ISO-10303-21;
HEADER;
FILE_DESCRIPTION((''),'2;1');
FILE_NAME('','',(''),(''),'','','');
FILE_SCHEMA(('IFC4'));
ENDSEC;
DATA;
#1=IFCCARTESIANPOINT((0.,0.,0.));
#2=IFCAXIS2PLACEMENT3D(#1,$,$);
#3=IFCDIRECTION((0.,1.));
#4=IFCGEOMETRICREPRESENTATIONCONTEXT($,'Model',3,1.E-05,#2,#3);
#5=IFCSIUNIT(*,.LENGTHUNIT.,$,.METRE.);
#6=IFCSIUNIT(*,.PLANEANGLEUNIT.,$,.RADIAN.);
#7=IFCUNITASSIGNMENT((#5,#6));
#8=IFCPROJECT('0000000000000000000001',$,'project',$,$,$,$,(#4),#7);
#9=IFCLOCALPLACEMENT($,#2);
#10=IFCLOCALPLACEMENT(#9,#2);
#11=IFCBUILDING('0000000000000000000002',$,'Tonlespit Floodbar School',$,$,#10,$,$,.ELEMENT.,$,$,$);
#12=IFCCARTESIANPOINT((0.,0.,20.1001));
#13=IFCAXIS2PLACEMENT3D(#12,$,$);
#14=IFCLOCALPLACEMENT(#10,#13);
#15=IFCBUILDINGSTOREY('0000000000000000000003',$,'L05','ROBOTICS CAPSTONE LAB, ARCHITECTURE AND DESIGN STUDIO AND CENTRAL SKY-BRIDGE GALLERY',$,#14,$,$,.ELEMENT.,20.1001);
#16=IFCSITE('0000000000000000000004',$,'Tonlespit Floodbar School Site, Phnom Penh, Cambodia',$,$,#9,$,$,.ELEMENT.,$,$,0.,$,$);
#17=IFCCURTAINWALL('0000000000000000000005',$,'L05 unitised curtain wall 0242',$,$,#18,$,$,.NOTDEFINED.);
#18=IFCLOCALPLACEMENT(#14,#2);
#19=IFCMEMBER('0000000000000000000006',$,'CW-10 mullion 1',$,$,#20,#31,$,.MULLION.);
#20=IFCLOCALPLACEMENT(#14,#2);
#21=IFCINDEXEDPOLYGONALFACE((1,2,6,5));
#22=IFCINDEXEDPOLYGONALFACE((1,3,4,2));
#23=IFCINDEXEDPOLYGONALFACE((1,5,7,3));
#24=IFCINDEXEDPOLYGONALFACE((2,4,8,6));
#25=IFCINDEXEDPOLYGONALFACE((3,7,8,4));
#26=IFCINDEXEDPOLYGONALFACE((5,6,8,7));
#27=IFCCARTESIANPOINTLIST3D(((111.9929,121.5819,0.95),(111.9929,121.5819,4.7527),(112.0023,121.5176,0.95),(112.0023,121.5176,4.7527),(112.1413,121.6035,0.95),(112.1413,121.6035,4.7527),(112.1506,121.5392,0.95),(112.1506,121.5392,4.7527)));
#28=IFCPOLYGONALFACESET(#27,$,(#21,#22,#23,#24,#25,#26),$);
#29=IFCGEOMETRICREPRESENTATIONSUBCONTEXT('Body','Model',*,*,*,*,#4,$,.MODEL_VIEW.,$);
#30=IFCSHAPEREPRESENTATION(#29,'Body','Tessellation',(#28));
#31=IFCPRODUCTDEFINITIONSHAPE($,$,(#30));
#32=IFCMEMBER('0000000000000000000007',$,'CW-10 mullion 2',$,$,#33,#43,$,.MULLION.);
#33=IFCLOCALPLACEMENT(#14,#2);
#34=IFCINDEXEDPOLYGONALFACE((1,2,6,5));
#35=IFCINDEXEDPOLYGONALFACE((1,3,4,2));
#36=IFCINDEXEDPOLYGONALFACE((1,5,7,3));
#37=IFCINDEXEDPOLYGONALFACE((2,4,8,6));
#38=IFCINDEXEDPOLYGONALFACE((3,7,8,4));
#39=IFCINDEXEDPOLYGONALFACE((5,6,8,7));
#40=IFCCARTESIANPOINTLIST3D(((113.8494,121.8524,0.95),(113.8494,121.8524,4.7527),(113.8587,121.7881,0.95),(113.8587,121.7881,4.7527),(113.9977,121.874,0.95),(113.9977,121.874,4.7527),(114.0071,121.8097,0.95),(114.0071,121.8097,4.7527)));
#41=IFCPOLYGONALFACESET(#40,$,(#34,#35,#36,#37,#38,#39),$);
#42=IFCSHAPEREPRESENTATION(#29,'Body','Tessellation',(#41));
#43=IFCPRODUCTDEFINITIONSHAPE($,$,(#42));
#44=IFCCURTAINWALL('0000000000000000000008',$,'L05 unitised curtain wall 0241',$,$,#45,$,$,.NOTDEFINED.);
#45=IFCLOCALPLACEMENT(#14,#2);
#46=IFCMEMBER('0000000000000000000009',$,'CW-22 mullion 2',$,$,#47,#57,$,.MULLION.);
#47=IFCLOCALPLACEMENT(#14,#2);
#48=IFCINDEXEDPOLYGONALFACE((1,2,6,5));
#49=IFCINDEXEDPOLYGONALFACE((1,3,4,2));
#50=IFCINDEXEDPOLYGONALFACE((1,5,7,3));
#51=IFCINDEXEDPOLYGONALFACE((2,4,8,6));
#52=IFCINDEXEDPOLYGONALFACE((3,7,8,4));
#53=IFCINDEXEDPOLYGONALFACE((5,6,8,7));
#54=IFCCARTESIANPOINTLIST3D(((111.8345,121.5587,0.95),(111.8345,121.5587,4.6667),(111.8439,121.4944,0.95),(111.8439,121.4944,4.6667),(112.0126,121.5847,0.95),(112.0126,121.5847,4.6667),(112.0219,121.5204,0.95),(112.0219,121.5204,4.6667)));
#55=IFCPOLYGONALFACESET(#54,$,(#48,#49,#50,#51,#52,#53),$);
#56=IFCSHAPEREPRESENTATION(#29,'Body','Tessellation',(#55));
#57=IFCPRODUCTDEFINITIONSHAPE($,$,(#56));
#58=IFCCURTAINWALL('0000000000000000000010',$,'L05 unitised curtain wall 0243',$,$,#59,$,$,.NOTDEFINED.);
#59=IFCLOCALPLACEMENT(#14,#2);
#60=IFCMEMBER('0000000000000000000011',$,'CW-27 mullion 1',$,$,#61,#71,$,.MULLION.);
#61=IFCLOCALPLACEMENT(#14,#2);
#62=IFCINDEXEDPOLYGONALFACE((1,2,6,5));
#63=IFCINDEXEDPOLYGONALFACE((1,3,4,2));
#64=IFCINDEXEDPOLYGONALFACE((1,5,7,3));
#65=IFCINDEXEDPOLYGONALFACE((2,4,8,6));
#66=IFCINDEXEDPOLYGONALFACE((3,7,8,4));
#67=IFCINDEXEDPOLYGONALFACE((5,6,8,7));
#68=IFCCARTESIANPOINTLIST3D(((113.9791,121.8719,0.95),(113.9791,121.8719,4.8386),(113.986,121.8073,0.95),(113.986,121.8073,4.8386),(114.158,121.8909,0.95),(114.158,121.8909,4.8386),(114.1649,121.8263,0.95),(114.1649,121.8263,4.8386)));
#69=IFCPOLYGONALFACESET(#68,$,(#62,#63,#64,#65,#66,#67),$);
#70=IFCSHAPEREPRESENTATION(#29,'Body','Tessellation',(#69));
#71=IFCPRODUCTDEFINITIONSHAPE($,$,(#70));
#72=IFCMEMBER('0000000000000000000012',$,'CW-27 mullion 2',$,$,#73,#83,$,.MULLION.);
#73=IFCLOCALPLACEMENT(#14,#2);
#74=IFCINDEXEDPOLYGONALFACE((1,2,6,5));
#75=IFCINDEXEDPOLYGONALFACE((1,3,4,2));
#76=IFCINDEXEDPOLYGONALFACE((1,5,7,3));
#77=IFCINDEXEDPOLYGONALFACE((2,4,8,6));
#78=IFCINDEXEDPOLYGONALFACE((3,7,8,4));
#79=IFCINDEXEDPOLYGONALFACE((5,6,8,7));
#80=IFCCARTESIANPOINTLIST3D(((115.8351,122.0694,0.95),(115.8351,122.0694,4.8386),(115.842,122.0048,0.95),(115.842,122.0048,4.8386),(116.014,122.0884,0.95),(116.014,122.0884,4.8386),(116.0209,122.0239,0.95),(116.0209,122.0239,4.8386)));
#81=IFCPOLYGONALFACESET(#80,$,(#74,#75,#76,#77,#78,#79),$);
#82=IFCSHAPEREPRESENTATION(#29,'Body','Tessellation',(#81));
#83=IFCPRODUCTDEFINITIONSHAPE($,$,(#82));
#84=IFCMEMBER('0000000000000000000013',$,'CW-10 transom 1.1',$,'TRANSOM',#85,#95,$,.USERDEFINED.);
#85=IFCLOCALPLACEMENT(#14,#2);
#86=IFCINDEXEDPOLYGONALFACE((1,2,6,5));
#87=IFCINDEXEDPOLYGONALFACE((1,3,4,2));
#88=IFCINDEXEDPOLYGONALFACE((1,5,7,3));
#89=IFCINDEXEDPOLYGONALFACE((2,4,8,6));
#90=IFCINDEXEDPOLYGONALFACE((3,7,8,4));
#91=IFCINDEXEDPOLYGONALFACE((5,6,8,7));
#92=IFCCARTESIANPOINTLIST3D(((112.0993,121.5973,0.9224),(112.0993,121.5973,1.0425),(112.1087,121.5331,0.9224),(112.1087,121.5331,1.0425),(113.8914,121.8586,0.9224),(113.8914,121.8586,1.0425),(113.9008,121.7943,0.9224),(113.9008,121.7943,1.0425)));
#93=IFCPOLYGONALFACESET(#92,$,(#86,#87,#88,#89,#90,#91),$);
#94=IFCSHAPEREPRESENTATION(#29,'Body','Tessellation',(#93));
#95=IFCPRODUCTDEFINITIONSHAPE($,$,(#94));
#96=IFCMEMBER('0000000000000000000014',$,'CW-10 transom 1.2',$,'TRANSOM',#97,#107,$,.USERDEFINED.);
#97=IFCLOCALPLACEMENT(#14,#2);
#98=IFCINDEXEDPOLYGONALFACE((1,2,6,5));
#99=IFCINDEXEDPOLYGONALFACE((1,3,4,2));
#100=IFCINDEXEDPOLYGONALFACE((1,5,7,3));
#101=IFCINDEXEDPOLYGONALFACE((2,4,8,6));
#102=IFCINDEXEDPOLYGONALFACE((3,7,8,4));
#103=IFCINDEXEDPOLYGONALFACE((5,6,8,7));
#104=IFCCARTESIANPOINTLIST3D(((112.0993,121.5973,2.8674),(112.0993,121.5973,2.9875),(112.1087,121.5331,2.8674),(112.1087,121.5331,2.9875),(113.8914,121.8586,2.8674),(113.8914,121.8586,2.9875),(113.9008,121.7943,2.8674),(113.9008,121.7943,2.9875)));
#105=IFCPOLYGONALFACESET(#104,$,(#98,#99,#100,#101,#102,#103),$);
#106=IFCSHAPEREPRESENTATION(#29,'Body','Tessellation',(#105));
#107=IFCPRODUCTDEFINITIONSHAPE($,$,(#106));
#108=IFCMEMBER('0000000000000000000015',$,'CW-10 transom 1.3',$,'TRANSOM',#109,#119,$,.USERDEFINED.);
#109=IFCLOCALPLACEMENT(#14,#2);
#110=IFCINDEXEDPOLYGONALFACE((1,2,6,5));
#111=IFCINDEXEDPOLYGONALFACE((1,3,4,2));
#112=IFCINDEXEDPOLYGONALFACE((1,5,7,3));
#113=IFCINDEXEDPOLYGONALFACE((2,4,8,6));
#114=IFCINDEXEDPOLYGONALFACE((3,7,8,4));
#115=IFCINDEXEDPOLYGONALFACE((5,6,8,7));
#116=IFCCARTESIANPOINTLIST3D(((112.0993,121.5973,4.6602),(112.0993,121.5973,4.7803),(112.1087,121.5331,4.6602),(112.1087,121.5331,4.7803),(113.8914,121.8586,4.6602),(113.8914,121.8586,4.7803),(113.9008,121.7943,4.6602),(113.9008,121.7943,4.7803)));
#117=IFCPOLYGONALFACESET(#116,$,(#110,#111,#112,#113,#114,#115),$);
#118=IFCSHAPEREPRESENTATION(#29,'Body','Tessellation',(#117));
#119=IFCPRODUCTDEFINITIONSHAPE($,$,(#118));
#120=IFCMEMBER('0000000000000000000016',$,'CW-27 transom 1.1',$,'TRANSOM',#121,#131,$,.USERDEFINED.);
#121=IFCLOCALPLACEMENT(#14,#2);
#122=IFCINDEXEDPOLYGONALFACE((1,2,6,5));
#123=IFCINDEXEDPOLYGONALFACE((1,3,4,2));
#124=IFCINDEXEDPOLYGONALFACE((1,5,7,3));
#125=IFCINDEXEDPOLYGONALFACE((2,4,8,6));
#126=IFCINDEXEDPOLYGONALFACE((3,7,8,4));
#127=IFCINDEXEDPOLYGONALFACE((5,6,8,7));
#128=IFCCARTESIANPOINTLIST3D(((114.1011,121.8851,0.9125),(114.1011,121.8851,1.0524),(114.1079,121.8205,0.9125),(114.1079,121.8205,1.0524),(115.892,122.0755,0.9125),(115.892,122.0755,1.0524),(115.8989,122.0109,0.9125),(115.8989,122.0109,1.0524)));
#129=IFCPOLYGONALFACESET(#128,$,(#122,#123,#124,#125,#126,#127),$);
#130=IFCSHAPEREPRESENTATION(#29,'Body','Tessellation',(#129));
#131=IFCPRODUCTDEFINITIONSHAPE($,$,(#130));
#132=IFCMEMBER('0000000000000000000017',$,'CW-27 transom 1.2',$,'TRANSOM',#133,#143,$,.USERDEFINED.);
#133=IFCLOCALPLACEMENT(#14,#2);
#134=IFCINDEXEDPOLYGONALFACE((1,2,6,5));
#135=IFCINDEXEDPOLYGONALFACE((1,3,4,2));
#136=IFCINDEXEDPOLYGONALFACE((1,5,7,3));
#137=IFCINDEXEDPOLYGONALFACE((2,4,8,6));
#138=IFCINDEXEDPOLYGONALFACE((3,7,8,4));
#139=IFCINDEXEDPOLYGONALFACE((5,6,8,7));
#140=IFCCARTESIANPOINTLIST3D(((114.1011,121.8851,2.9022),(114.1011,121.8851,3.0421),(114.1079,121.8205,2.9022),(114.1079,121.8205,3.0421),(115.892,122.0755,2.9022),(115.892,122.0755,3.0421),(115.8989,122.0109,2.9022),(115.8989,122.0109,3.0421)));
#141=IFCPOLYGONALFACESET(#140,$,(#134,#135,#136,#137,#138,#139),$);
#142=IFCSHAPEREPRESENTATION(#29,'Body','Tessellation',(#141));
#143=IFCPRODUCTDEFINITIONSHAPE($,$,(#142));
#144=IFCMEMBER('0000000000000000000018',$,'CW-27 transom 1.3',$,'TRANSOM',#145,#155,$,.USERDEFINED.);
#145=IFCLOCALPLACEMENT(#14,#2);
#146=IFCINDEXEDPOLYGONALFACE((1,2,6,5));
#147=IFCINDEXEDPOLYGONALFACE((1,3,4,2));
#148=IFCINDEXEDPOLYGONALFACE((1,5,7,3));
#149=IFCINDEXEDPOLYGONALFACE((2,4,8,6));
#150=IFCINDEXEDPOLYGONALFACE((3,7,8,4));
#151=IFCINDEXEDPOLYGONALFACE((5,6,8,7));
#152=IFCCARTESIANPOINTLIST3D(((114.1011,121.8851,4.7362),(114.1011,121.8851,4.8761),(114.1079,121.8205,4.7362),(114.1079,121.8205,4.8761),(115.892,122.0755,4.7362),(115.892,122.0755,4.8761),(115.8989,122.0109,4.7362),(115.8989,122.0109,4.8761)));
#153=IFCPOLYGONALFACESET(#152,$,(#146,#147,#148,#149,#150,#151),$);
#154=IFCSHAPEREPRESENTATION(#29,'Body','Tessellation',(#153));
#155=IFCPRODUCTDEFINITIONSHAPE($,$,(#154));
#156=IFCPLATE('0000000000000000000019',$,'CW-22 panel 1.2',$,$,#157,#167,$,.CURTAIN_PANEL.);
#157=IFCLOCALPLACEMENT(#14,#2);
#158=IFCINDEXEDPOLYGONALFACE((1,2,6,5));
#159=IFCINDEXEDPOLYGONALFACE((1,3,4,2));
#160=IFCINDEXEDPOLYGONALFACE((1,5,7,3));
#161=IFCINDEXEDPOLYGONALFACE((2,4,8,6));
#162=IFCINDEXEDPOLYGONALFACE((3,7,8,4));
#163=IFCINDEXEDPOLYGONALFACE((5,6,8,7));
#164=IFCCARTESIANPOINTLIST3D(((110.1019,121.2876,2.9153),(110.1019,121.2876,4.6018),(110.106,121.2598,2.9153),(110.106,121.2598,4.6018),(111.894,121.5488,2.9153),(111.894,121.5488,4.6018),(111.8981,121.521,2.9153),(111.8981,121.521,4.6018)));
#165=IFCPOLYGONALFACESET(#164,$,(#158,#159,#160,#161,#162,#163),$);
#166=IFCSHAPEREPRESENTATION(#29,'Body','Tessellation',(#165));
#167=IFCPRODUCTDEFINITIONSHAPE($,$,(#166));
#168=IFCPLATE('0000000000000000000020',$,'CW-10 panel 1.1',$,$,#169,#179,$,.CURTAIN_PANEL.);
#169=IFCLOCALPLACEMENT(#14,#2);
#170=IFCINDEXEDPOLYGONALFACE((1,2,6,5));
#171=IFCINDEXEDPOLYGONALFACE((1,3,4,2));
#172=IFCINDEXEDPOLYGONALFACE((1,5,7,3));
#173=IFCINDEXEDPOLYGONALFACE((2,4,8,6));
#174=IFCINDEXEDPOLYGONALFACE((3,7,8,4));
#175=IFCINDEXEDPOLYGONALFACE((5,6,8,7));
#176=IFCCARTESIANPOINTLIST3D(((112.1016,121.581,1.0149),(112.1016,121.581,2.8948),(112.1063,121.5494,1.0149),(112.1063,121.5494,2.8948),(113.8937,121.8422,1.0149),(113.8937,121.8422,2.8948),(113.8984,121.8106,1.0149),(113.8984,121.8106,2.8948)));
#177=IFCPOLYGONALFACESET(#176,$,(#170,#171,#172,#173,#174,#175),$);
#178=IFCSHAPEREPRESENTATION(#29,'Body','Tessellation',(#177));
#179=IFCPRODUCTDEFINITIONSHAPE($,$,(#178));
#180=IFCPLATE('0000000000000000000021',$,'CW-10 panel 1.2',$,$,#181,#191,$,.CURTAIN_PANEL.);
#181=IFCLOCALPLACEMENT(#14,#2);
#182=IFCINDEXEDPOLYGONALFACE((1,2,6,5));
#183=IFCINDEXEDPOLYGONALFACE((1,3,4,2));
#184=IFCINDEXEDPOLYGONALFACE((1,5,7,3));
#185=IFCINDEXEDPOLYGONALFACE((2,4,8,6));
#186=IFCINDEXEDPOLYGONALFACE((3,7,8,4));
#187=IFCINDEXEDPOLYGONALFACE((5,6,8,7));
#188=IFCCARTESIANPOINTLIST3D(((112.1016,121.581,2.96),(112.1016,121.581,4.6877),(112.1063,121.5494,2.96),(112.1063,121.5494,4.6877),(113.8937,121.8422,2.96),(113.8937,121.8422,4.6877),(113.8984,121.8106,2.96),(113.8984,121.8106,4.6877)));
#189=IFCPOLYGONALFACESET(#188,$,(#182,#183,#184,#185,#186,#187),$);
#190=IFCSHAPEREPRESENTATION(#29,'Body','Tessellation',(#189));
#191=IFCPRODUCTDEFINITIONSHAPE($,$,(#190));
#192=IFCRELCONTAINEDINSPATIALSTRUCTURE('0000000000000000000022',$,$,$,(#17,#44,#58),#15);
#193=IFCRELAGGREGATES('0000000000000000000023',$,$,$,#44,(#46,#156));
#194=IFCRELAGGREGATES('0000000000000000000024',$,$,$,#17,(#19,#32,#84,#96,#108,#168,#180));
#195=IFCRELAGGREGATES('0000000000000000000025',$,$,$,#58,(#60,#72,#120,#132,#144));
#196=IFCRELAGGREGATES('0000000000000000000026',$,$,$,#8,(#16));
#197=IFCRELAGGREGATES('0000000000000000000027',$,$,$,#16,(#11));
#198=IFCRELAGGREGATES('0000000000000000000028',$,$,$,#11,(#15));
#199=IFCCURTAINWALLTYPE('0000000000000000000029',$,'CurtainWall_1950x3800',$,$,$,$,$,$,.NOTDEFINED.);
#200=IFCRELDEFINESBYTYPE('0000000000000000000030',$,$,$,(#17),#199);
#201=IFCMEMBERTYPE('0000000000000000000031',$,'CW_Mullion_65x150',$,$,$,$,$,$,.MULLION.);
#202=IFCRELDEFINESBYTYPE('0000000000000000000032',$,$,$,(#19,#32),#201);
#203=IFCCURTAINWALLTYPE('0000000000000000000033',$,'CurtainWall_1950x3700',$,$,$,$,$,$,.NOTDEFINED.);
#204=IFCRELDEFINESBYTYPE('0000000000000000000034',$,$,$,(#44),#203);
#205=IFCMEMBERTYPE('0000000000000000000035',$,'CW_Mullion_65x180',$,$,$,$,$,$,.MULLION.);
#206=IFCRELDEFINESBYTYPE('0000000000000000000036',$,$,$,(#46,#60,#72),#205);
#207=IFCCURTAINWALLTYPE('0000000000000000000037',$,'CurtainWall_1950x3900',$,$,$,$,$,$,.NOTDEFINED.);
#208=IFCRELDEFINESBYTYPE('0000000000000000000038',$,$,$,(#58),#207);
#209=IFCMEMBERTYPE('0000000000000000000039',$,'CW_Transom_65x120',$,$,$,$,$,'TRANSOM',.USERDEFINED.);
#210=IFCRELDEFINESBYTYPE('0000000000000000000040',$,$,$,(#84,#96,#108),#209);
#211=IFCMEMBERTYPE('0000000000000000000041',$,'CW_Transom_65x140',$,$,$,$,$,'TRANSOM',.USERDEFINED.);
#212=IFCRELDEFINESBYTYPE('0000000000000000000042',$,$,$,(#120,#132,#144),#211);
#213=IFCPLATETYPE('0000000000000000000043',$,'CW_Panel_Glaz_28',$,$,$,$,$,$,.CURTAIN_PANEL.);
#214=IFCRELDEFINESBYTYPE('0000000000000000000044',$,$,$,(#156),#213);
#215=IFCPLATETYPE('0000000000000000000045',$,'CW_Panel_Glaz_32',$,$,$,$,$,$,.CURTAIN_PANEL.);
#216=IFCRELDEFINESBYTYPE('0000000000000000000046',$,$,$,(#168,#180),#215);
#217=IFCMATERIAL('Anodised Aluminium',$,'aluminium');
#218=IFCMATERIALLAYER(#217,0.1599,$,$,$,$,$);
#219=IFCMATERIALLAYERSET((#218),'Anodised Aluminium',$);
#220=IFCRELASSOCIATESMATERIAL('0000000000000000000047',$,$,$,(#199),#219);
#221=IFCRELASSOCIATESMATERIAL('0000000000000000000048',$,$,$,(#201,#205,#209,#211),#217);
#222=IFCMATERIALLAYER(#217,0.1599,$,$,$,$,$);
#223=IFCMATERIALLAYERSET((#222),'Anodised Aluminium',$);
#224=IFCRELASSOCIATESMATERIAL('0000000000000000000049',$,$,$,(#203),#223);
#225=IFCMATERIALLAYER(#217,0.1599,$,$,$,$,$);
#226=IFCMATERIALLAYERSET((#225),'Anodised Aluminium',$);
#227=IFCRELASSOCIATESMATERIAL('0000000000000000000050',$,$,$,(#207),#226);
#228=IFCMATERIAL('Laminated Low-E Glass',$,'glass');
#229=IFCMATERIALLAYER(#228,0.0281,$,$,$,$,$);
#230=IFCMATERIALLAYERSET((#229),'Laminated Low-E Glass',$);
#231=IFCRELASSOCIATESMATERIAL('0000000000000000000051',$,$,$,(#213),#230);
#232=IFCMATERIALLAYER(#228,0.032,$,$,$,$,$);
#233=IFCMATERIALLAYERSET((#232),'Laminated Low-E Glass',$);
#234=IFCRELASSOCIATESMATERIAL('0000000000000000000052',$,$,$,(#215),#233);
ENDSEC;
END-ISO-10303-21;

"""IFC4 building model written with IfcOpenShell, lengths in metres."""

from ifc_helpers import new_model, si_unit, direction, frame, origin, origin_2d, place, context, subcontext, project, spatial, rectangle, extrude, material, layer, layer_set, material_profile, profile_set, type_object, element, aggregate, save


model = new_model("IFC4")

# Units and contexts
model_context = context("Model", 3, precision=1e-05, world=origin(), true_north=direction((0.0, 1.0)))
body_context = subcontext(model_context, "Body", "Model", "MODEL_VIEW")
ifc_project = project(units=[si_unit("LENGTHUNIT", "METRE"), si_unit("PLANEANGLEUNIT", "RADIAN")], contexts=[model_context])

# Site, building, storey
site_placement = place(None, origin())
site = spatial("IfcSite", under=ifc_project, at=site_placement, Name="Tonlespit Floodbar School Site, Phnom Penh, Cambodia", CompositionType="ELEMENT", RefElevation=0.0)
building_placement = place(site_placement, origin())
building = spatial("IfcBuilding", under=site, at=building_placement, Name="Tonlespit Floodbar School", CompositionType="ELEMENT")
storey_placement = place(building_placement, frame((0.0, 0.0, 20.1001)))
storey = spatial("IfcBuildingStorey", under=building, at=storey_placement, Name="L05", Description="ROBOTICS CAPSTONE LAB, ARCHITECTURE AND DESIGN STUDIO AND CENTRAL SKY-BRIDGE GALLERY", CompositionType="ELEMENT", Elevation=20.1001)

# Curtain wall, members
ifc_material_1 = material(Name="Anodised Aluminium", Category="aluminium")
ifc_layer_1 = layer(ifc_material_1, 0.1599)
ifc_layer_set_1 = layer_set([ifc_layer_1], Name="Anodised Aluminium")
curtain_wall_type_1 = type_object("IfcCurtainWallType", Name="CurtainWall_1950x3800", PredefinedType="NOTDEFINED", material=ifc_layer_set_1)
curtain_wall_1_placement = place(storey_placement, origin())
curtain_wall_1 = element("IfcCurtainWall", 1, at=curtain_wall_1_placement, inside=storey, type_object=curtain_wall_type_1, Name="L05 unitised curtain wall 0242", PredefinedType="NOTDEFINED")
ifc_material_profile_1 = material_profile(ifc_material_1, rectangle(XDim=0.0649, YDim=0.1499, at=origin_2d()), Name="ALU M65x150")
ifc_profile_set_1 = profile_set([ifc_material_profile_1], Name="Anodised Aluminium")
member_type_1 = type_object("IfcMemberType", Name="CW_Mullion_65x150", PredefinedType="MULLION", material=ifc_profile_set_1)
member_1_placement = place(storey_placement, frame((112.0718, 121.5605, 0.95), z_axis=(0.0, 0.0, 1.0), x_axis=(-0.144248, 0.989542, 0.0)))
member_1 = element("IfcMember", 2, at=member_1_placement, type_object=member_type_1, Name="CW-10 mullion 1", PredefinedType="MULLION", context=body_context, shape_type="SweptSolid", body=[
    extrude(rectangle(XDim=0.0649, YDim=0.1499, at=origin_2d()), origin(), (0.0, 0.0, 1.0), 3.8027),
])
member_2_placement = place(storey_placement, frame((113.9282, 121.8311, 0.95), z_axis=(0.0, 0.0, 1.0), x_axis=(-0.144248, 0.989542, 0.0)))
member_2 = element("IfcMember", 3, at=member_2_placement, type_object=member_type_1, Name="CW-10 mullion 2", PredefinedType="MULLION", context=body_context, shape_type="SweptSolid", body=[
    extrude(rectangle(XDim=0.0649, YDim=0.1499, at=origin_2d()), origin(), (0.0, 0.0, 1.0), 3.8027),
])

# Curtain wall, member
ifc_layer_2 = layer(ifc_material_1, 0.1599)
ifc_layer_set_2 = layer_set([ifc_layer_2], Name="Anodised Aluminium")
curtain_wall_type_2 = type_object("IfcCurtainWallType", Name="CurtainWall_1950x3700", PredefinedType="NOTDEFINED", material=ifc_layer_set_2)
curtain_wall_2_placement = place(storey_placement, origin())
curtain_wall_2 = element("IfcCurtainWall", 4, at=curtain_wall_2_placement, inside=storey, type_object=curtain_wall_type_2, Name="L05 unitised curtain wall 0241", PredefinedType="NOTDEFINED")
ifc_material_profile_2 = material_profile(ifc_material_1, rectangle(XDim=0.0649, YDim=0.1799, at=origin_2d()), Name="ALU M65x180")
ifc_profile_set_2 = profile_set([ifc_material_profile_2], Name="Anodised Aluminium")
member_type_2 = type_object("IfcMemberType", Name="CW_Mullion_65x180", PredefinedType="MULLION", material=ifc_profile_set_2)
member_3_placement = place(storey_placement, frame((111.9282, 121.5396, 0.95), z_axis=(0.0, 0.0, 1.0), x_axis=(-0.144248, 0.989542, 0.0)))
member_3 = element("IfcMember", 5, at=member_3_placement, type_object=member_type_2, Name="CW-22 mullion 2", PredefinedType="MULLION", context=body_context, shape_type="SweptSolid", body=[
    extrude(rectangle(XDim=0.0649, YDim=0.1799, at=origin_2d()), origin(), (0.0, 0.0, 1.0), 3.7168),
])

# Curtain wall, members
ifc_layer_3 = layer(ifc_material_1, 0.1599)
ifc_layer_set_3 = layer_set([ifc_layer_3], Name="Anodised Aluminium")
curtain_wall_type_3 = type_object("IfcCurtainWallType", Name="CurtainWall_1950x3900", PredefinedType="NOTDEFINED", material=ifc_layer_set_3)
curtain_wall_3_placement = place(storey_placement, origin())
curtain_wall_3 = element("IfcCurtainWall", 6, at=curtain_wall_3_placement, inside=storey, type_object=curtain_wall_type_3, Name="L05 unitised curtain wall 0243", PredefinedType="NOTDEFINED")
member_4_placement = place(storey_placement, frame((114.072, 121.8491, 0.95), z_axis=(0.0, 0.0, 1.0), x_axis=(-0.105787, 0.994389, 0.0)))
member_4 = element("IfcMember", 7, at=member_4_placement, type_object=member_type_2, Name="CW-27 mullion 1", PredefinedType="MULLION", context=body_context, shape_type="SweptSolid", body=[
    extrude(rectangle(XDim=0.0649, YDim=0.1799, at=origin_2d()), origin(), (0.0, 0.0, 1.0), 3.8887),
])
member_5_placement = place(storey_placement, frame((115.928, 122.0466, 0.95), z_axis=(0.0, 0.0, 1.0), x_axis=(-0.105787, 0.994389, 0.0)))
member_5 = element("IfcMember", 8, at=member_5_placement, type_object=member_type_2, Name="CW-27 mullion 2", PredefinedType="MULLION", context=body_context, shape_type="SweptSolid", body=[
    extrude(rectangle(XDim=0.0649, YDim=0.1799, at=origin_2d()), origin(), (0.0, 0.0, 1.0), 3.8887),
])

# Members
ifc_material_profile_3 = material_profile(ifc_material_1, rectangle(XDim=0.0649, YDim=0.1201, at=origin_2d()), Name="ALU T65x120")
ifc_profile_set_3 = profile_set([ifc_material_profile_3], Name="Anodised Aluminium")
member_type_3 = type_object("IfcMemberType", Name="CW_Transom_65x120", ElementType="TRANSOM", PredefinedType="USERDEFINED", material=ifc_profile_set_3)
member_6_placement = place(storey_placement, frame((112.104, 121.5652, 0.9824), z_axis=(0.989541, 0.144252, 0.0), x_axis=(-0.144252, 0.989541, 0.0)))
member_6 = element("IfcMember", 9, at=member_6_placement, type_object=member_type_3, Name="CW-10 transom 1.1", ObjectType="TRANSOM", PredefinedType="USERDEFINED", context=body_context, shape_type="SweptSolid", body=[
    extrude(rectangle(XDim=0.0649, YDim=0.1201, at=origin_2d()), origin(), (0.0, 0.0, 1.0), 1.811),
])
member_7_placement = place(storey_placement, frame((112.104, 121.5652, 2.9275), z_axis=(0.989541, 0.144252, 0.0), x_axis=(-0.144252, 0.989541, 0.0)))
member_7 = element("IfcMember", 10, at=member_7_placement, type_object=member_type_3, Name="CW-10 transom 1.2", ObjectType="TRANSOM", PredefinedType="USERDEFINED", context=body_context, shape_type="SweptSolid", body=[
    extrude(rectangle(XDim=0.0649, YDim=0.1201, at=origin_2d()), origin(), (0.0, 0.0, 1.0), 1.811),
])
member_8_placement = place(storey_placement, frame((112.104, 121.5652, 4.7202), z_axis=(0.989541, 0.144252, 0.0), x_axis=(-0.144252, 0.989541, 0.0)))
member_8 = element("IfcMember", 11, at=member_8_placement, type_object=member_type_3, Name="CW-10 transom 1.3", ObjectType="TRANSOM", PredefinedType="USERDEFINED", context=body_context, shape_type="SweptSolid", body=[
    extrude(rectangle(XDim=0.0649, YDim=0.1201, at=origin_2d()), origin(), (0.0, 0.0, 1.0), 1.811),
])
ifc_material_profile_4 = material_profile(ifc_material_1, rectangle(XDim=0.0649, YDim=0.1399, at=origin_2d()), Name="ALU T65x140")
ifc_profile_set_4 = profile_set([ifc_material_profile_4], Name="Anodised Aluminium")
member_type_4 = type_object("IfcMemberType", Name="CW_Transom_65x140", ElementType="TRANSOM", PredefinedType="USERDEFINED", material=ifc_profile_set_4)
member_9_placement = place(storey_placement, frame((114.1045, 121.8528, 0.9824), z_axis=(0.994395, 0.105729, 0.0), x_axis=(-0.105729, 0.994395, 0.0)))
member_9 = element("IfcMember", 12, at=member_9_placement, type_object=member_type_4, Name="CW-27 transom 1.1", ObjectType="TRANSOM", PredefinedType="USERDEFINED", context=body_context, shape_type="SweptSolid", body=[
    extrude(rectangle(XDim=0.0649, YDim=0.1399, at=origin_2d()), origin(), (0.0, 0.0, 1.0), 1.801),
])
member_10_placement = place(storey_placement, frame((114.1045, 121.8528, 2.9722), z_axis=(0.994395, 0.105729, 0.0), x_axis=(-0.105729, 0.994395, 0.0)))
member_10 = element("IfcMember", 13, at=member_10_placement, type_object=member_type_4, Name="CW-27 transom 1.2", ObjectType="TRANSOM", PredefinedType="USERDEFINED", context=body_context, shape_type="SweptSolid", body=[
    extrude(rectangle(XDim=0.0649, YDim=0.1399, at=origin_2d()), origin(), (0.0, 0.0, 1.0), 1.801),
])
member_11_placement = place(storey_placement, frame((114.1045, 121.8528, 4.8062), z_axis=(0.994395, 0.105729, 0.0), x_axis=(-0.105729, 0.994395, 0.0)))
member_11 = element("IfcMember", 14, at=member_11_placement, type_object=member_type_4, Name="CW-27 transom 1.3", ObjectType="TRANSOM", PredefinedType="USERDEFINED", context=body_context, shape_type="SweptSolid", body=[
    extrude(rectangle(XDim=0.0649, YDim=0.1399, at=origin_2d()), origin(), (0.0, 0.0, 1.0), 1.801),
])

# Plates
ifc_material_2 = material(Name="Laminated Low-E Glass", Category="glass")
ifc_layer_4 = layer(ifc_material_2, 0.0281)
ifc_layer_set_4 = layer_set([ifc_layer_4], Name="Laminated Low-E Glass")
plate_type_1 = type_object("IfcPlateType", Name="CW_Panel_Glaz_28", PredefinedType="CURTAIN_PANEL", material=ifc_layer_set_4)
plate_1_placement = place(storey_placement, frame((111.0, 121.4043, 2.9153), z_axis=(0.0, 0.0, 1.0), x_axis=(0.989542, 0.144248, 0.0)))
plate_1 = element("IfcPlate", 15, at=plate_1_placement, type_object=plate_type_1, Name="CW-22 panel 1.2", PredefinedType="CURTAIN_PANEL", context=body_context, shape_type="SweptSolid", body=[
    extrude(rectangle(XDim=1.811, YDim=0.0281, at=origin_2d()), origin(), (0.0, 0.0, 1.0), 1.6865),
])
aggregate(curtain_wall_2, [member_3, plate_1])
ifc_layer_5 = layer(ifc_material_2, 0.032)
ifc_layer_set_5 = layer_set([ifc_layer_5], Name="Laminated Low-E Glass")
plate_type_2 = type_object("IfcPlateType", Name="CW_Panel_Glaz_32", PredefinedType="CURTAIN_PANEL", material=ifc_layer_set_5)
plate_2_placement = place(storey_placement, frame((113.0, 121.6958, 1.0149), z_axis=(0.0, 0.0, 1.0), x_axis=(0.989542, 0.144248, 0.0)))
plate_2 = element("IfcPlate", 16, at=plate_2_placement, type_object=plate_type_2, Name="CW-10 panel 1.1", PredefinedType="CURTAIN_PANEL", context=body_context, shape_type="SweptSolid", body=[
    extrude(rectangle(XDim=1.811, YDim=0.032, at=origin_2d()), origin(), (0.0, 0.0, 1.0), 1.8799),
])
plate_3_placement = place(storey_placement, frame((113.0, 121.6958, 2.96), z_axis=(0.0, 0.0, 1.0), x_axis=(0.989542, 0.144248, 0.0)))
plate_3 = element("IfcPlate", 17, at=plate_3_placement, type_object=plate_type_2, Name="CW-10 panel 1.2", PredefinedType="CURTAIN_PANEL", context=body_context, shape_type="SweptSolid", body=[
    extrude(rectangle(XDim=1.811, YDim=0.032, at=origin_2d()), origin(), (0.0, 0.0, 1.0), 1.7278),
])
aggregate(curtain_wall_1, [member_1, member_2, member_6, member_7, member_8, plate_2, plate_3])
aggregate(curtain_wall_3, [member_4, member_5, member_9, member_10, member_11])

save(model, "model.ifc")
